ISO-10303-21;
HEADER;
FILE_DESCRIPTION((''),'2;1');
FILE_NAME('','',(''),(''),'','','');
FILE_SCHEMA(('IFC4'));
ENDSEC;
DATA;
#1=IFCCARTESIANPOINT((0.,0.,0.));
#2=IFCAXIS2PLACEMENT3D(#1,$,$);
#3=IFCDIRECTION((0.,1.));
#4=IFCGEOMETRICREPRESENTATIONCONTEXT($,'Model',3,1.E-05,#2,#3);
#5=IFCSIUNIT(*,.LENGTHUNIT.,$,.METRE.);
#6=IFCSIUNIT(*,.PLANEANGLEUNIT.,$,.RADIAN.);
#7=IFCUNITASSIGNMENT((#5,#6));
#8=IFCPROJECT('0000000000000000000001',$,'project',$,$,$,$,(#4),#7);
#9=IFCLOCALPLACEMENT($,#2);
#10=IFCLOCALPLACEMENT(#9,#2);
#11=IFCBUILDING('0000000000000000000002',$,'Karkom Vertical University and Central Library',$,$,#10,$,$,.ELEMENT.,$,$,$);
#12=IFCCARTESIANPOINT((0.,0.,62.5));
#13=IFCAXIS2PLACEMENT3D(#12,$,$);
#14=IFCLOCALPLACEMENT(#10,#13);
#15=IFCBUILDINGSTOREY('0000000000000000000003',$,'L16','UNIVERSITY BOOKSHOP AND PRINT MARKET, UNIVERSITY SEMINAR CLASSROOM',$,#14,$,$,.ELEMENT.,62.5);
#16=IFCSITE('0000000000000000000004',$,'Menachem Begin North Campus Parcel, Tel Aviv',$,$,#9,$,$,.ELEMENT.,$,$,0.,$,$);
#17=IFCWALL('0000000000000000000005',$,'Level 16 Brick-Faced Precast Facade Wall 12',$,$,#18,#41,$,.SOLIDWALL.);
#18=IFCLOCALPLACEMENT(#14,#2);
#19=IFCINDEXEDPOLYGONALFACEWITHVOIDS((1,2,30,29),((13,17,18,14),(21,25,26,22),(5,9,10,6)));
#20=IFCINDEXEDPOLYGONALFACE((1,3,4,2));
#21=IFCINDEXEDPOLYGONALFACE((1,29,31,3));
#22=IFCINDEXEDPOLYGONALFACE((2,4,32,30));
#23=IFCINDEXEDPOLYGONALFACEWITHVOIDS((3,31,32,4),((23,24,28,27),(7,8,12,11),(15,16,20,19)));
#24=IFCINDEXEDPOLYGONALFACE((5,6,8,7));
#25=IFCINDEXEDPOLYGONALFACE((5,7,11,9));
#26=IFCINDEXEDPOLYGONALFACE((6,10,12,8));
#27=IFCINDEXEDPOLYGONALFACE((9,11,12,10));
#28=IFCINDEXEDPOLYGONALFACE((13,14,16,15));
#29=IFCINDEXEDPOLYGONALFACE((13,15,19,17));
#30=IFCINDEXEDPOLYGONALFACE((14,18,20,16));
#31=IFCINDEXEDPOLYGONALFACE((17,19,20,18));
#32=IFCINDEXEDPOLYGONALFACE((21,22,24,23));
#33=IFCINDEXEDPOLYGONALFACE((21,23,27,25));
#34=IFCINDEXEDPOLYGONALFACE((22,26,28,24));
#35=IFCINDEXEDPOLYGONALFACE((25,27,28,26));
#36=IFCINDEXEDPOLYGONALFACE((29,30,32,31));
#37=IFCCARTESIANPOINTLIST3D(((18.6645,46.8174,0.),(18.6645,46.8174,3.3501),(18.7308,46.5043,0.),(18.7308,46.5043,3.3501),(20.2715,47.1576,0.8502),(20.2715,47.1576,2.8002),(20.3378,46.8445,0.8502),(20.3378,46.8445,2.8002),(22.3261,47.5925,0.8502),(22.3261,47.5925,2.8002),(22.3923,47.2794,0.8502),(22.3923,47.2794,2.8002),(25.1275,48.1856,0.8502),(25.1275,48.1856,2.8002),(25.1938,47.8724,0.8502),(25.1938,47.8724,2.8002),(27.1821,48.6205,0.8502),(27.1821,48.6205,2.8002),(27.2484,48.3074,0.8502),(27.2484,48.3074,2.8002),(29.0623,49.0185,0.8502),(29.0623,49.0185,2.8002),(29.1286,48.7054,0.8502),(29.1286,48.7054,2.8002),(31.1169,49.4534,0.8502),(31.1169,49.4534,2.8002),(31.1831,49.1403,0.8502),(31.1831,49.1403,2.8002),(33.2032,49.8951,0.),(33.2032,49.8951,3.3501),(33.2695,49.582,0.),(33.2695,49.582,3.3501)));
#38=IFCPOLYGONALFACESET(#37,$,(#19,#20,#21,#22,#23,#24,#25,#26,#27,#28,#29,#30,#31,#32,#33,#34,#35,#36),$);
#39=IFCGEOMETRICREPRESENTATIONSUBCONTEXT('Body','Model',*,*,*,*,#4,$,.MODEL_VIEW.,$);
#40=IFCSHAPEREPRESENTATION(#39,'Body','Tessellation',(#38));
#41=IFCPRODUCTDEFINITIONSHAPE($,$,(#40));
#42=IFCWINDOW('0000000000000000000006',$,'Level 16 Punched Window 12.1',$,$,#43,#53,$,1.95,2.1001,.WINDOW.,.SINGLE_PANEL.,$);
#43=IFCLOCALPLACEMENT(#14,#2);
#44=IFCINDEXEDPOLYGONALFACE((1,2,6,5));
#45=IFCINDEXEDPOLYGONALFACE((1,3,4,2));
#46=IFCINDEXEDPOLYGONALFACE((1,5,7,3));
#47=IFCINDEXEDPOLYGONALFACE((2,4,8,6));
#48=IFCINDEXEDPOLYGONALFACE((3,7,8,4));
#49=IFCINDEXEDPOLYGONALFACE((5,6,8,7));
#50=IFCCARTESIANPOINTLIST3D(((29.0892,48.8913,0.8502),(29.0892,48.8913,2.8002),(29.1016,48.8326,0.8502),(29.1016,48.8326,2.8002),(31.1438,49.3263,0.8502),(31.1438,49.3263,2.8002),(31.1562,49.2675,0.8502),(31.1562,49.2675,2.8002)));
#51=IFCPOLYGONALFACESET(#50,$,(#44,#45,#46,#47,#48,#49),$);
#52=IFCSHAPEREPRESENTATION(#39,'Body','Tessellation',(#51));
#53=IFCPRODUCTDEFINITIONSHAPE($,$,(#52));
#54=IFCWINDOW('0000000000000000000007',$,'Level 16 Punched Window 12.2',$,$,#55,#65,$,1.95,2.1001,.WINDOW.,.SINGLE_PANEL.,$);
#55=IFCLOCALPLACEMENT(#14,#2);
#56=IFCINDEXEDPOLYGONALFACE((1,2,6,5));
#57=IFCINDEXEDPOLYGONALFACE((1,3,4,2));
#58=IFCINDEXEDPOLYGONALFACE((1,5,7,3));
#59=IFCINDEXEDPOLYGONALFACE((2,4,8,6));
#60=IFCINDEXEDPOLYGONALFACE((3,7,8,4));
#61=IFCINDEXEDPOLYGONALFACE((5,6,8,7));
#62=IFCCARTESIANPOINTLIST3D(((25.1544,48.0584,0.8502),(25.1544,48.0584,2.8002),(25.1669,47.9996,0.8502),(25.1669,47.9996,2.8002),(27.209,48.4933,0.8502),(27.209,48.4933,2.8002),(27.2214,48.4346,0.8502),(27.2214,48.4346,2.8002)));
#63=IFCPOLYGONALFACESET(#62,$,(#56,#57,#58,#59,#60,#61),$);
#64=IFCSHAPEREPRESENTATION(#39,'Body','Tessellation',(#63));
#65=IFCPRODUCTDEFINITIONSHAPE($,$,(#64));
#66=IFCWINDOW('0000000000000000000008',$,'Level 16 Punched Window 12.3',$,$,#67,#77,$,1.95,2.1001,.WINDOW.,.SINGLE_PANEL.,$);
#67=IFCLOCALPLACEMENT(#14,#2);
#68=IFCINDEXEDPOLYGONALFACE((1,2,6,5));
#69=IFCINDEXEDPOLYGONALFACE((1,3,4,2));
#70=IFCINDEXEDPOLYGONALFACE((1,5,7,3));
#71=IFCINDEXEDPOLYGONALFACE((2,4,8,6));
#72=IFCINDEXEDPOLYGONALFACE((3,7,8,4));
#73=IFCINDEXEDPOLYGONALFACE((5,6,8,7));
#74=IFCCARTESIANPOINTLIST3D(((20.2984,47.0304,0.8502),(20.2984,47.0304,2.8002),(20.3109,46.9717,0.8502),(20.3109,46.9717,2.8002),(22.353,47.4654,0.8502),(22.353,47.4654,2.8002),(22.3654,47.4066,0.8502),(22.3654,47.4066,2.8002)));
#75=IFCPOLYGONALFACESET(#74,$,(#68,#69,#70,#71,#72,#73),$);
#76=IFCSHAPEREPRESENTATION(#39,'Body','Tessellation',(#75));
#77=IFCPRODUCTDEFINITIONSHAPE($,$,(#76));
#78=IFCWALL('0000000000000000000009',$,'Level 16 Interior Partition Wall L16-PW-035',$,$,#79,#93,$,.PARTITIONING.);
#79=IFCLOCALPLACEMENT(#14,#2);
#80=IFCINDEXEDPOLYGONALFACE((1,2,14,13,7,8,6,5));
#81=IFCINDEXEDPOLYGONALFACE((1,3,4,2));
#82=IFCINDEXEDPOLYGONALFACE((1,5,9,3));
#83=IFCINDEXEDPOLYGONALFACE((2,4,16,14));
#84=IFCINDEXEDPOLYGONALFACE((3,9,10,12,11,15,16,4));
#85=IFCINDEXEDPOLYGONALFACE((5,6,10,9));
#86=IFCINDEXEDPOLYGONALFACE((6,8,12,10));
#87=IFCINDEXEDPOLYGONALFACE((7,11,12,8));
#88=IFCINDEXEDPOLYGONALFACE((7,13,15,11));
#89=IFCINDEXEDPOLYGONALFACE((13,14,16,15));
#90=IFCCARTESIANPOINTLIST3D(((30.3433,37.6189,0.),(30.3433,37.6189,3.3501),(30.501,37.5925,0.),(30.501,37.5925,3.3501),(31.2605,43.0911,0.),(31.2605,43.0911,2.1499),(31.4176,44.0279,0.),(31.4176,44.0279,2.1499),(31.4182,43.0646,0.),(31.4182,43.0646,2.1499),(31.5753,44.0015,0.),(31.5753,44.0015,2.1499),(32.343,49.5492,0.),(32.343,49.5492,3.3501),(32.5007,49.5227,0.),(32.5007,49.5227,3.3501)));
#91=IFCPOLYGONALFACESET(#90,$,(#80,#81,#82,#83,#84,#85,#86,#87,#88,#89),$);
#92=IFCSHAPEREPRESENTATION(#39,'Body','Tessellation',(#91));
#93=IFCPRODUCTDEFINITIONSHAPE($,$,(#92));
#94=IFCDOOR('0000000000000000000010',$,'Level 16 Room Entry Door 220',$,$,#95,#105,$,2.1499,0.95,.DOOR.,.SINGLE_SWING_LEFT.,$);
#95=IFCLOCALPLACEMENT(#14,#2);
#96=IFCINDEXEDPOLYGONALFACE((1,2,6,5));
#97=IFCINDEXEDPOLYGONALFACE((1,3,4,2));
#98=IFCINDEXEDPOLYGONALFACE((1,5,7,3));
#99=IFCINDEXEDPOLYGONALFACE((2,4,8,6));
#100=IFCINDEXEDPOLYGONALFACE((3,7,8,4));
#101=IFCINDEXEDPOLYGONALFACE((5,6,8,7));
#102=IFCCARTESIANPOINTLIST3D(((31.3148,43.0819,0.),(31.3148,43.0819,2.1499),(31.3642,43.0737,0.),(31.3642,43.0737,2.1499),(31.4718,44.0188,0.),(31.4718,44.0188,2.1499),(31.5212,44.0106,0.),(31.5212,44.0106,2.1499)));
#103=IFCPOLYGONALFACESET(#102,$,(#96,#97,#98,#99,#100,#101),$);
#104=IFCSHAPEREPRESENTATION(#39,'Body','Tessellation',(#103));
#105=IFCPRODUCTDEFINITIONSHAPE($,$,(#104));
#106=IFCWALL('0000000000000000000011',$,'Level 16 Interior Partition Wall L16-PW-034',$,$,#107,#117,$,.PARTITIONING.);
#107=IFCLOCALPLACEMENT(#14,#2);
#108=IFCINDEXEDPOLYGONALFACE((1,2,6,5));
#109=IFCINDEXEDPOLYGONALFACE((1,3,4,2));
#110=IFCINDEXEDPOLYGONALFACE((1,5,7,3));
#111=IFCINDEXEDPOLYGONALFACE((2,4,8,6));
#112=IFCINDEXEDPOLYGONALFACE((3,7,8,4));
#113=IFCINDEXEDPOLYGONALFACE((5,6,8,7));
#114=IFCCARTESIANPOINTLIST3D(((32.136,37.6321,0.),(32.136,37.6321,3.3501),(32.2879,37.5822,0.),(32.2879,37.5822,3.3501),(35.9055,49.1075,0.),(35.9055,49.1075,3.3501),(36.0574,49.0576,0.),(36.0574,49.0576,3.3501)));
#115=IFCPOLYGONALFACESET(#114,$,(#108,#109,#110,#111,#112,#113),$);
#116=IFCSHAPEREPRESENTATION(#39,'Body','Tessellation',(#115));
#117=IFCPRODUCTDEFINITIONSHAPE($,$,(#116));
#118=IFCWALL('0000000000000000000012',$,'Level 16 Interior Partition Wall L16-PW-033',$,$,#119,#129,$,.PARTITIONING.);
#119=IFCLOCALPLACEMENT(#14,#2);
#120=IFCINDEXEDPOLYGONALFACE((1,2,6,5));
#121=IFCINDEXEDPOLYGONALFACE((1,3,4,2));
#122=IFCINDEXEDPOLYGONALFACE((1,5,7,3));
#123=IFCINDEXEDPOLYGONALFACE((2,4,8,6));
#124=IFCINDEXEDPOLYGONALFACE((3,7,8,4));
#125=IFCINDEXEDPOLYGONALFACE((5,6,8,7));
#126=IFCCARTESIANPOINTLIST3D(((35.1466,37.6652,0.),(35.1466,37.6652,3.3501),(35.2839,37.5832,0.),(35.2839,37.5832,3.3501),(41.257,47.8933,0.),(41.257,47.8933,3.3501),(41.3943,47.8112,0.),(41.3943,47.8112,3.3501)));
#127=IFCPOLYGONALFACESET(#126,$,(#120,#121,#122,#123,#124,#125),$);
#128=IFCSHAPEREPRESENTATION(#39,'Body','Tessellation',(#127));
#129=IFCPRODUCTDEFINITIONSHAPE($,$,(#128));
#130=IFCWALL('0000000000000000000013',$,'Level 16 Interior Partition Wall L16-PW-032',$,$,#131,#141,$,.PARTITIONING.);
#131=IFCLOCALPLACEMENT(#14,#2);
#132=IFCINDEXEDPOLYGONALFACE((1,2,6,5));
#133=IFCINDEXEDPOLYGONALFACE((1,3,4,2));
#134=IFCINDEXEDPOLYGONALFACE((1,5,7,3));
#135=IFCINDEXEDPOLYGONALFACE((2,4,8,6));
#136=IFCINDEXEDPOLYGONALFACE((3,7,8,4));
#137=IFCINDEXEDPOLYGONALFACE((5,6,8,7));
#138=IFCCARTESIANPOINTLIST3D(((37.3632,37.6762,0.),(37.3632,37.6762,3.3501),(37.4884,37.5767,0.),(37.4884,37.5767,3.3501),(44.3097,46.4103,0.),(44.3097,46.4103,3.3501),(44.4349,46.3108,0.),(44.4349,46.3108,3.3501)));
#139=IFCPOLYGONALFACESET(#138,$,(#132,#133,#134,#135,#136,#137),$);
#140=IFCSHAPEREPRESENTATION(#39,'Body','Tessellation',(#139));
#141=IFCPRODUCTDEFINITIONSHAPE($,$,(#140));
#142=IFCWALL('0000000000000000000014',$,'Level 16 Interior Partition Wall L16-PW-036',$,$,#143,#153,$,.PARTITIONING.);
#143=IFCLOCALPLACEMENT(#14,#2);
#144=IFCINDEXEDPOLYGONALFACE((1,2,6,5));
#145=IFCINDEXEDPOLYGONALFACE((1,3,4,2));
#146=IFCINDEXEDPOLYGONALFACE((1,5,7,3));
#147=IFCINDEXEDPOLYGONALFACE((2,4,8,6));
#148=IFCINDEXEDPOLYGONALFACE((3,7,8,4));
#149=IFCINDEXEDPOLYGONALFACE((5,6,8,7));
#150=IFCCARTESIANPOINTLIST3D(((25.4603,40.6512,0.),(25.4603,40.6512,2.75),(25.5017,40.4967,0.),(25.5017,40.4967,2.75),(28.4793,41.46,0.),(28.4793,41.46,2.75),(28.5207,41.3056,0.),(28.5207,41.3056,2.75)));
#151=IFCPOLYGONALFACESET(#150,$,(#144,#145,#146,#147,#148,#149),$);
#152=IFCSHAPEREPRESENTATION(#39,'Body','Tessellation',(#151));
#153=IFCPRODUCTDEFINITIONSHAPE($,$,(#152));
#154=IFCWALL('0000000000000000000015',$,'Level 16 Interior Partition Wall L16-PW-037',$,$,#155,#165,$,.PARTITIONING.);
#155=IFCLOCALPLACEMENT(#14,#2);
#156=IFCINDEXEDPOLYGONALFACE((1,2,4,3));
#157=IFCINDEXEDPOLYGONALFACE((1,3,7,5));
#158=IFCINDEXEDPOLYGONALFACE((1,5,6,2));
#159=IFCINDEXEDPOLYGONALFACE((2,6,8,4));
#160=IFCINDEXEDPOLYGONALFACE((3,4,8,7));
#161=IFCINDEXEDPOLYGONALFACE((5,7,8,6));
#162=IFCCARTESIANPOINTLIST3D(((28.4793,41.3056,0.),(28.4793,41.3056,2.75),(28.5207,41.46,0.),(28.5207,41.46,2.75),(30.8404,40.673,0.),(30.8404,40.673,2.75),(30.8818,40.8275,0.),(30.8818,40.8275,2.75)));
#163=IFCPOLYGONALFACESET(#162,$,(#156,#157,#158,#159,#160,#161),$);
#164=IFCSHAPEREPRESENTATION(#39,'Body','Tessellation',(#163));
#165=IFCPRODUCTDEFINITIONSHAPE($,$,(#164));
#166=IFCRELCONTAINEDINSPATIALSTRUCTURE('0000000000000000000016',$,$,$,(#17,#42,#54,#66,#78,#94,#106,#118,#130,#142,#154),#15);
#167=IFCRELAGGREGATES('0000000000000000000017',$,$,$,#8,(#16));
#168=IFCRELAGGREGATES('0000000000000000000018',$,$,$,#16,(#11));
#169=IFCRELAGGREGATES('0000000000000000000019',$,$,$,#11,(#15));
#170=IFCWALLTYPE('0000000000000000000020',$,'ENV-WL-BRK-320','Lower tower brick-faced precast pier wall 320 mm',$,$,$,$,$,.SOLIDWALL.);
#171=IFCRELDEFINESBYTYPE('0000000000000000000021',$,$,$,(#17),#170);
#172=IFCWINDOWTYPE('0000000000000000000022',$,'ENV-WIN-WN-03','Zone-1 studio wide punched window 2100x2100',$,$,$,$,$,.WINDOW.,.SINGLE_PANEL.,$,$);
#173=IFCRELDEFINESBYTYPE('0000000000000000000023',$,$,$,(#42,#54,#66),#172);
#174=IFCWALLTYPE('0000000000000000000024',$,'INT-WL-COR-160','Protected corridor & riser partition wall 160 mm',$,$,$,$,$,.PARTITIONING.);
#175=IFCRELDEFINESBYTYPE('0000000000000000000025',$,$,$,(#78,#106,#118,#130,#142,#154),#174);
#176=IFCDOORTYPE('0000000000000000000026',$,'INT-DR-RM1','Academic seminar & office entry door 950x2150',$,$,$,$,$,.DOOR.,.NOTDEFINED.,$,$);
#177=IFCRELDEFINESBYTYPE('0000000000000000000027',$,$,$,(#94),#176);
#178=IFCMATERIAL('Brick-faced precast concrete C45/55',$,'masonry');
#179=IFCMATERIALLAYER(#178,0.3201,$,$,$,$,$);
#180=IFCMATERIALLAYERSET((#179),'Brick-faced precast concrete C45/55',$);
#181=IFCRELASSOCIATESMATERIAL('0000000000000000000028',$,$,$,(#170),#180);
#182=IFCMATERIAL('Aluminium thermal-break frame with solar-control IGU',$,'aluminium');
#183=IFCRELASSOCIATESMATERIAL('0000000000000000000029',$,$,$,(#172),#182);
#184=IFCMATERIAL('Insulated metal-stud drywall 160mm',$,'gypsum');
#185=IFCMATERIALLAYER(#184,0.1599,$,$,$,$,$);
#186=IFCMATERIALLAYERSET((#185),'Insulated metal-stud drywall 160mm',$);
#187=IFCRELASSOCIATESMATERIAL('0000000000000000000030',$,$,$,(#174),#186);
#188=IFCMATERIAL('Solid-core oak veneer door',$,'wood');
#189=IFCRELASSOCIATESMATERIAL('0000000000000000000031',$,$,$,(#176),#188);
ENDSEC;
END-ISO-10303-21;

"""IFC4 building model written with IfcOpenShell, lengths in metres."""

from ifc_helpers import new_model, si_unit, direction, frame, frame_2d, origin, origin_with_axes, place, context, subcontext, project, spatial, rectangle, extrude, source, transform, mapped, material, layer, layer_set, type_object, element, fill, save


model = new_model("IFC4")

# Units and contexts
model_context = context("Model", 3, precision=1e-05, world=origin(), true_north=direction((0.0, 1.0)))
body_context = subcontext(model_context, "Body", "Model", "MODEL_VIEW")
ifc_project = project(units=[si_unit("LENGTHUNIT", "METRE"), si_unit("PLANEANGLEUNIT", "RADIAN")], contexts=[model_context])

# Site, building, storey
site_placement = place(None, origin())
site = spatial("IfcSite", under=ifc_project, at=site_placement, Name="Menachem Begin North Campus Parcel, Tel Aviv", CompositionType="ELEMENT", RefElevation=0.0)
building_placement = place(site_placement, origin())
building = spatial("IfcBuilding", under=site, at=building_placement, Name="Karkom Vertical University and Central Library", CompositionType="ELEMENT")
storey_placement = place(building_placement, frame((0.0, 0.0, 62.5)))
storey = spatial("IfcBuildingStorey", under=building, at=storey_placement, Name="L16", Description="UNIVERSITY BOOKSHOP AND PRINT MARKET, UNIVERSITY SEMINAR CLASSROOM", CompositionType="ELEMENT", Elevation=62.5)

# Wall, openings, windows
ifc_material_1 = material(Name="Brick-faced precast concrete C45/55", Category="masonry")
ifc_layer_1 = layer(ifc_material_1, 0.3201)
ifc_layer_set_1 = layer_set([ifc_layer_1], Name="Brick-faced precast concrete C45/55")
wall_type_1 = type_object("IfcWallType", Name="ENV-WL-BRK-320", Description="Lower tower brick-faced precast pier wall 320 mm", PredefinedType="SOLIDWALL", material=ifc_layer_set_1)
wall_1_placement = place(storey_placement, frame((33.2363, 49.7385, 0.0), z_axis=(0.0, 0.0, 1.0), x_axis=(-0.97832, -0.207098, 0.0)))
wall_1 = element("IfcWall", 1, at=wall_1_placement, inside=storey, type_object=wall_type_1, Name="Level 16 Brick-Faced Precast Facade Wall 12", PredefinedType="SOLIDWALL", context=body_context, shape_type="SweptSolid", body=[
    extrude(rectangle(XDim=14.8608, YDim=0.3201, at=frame_2d((7.4304, 0.0))), origin(), (0.0, 0.0, 1.0), 3.3501),
])
opening_1_placement = place(wall_1_placement, frame((2.1326, 0.0, 0.8501)))
opening_1 = element("IfcOpeningElement", 2, at=opening_1_placement, cuts=wall_1, PredefinedType="OPENING", context=body_context, shape_type="SweptSolid", body=[
    extrude(rectangle(XDim=2.1001, YDim=1.95, at=frame_2d((1.05, 0.9751))), frame((0.0, 0.1699, 0.0), z_axis=(0.0, -1.0, 0.0), x_axis=(1.0, 0.0, 0.0)), (0.0, 0.0, 1.0), 0.3401),
])
opening_2_placement = place(wall_1_placement, frame((6.1545, 0.0, 0.8501)))
opening_2 = element("IfcOpeningElement", 3, at=opening_2_placement, cuts=wall_1, PredefinedType="OPENING", context=body_context, shape_type="SweptSolid", body=[
    extrude(rectangle(XDim=2.1001, YDim=1.95, at=frame_2d((1.05, 0.9751))), frame((0.0, 0.1699, 0.0), z_axis=(0.0, -1.0, 0.0), x_axis=(1.0, 0.0, 0.0)), (0.0, 0.0, 1.0), 0.3401),
])
opening_3_placement = place(wall_1_placement, frame((11.1182, 0.0, 0.8501)))
opening_3 = element("IfcOpeningElement", 4, at=opening_3_placement, cuts=wall_1, PredefinedType="OPENING", context=body_context, shape_type="SweptSolid", body=[
    extrude(rectangle(XDim=2.1001, YDim=1.95, at=frame_2d((1.05, 0.9751))), frame((0.0, 0.1699, 0.0), z_axis=(0.0, -1.0, 0.0), x_axis=(1.0, 0.0, 0.0)), (0.0, 0.0, 1.0), 0.3401),
])
ifc_material_2 = material(Name="Aluminium thermal-break frame with solar-control IGU", Category="aluminium")
window_type = type_object("IfcWindowType", Name="ENV-WIN-WN-03", Description="Zone-1 studio wide punched window 2100x2100", PartitioningType="SINGLE_PANEL", PredefinedType="WINDOW", material=ifc_material_2)
shared_shape_1 = source(origin_with_axes(), body_context, "Body", "SweptSolid", [
    extrude(rectangle(XDim=2.1001, YDim=1.95, at=frame_2d((1.05, 0.9751))), frame((0.0, 0.03, 0.0), z_axis=(0.0, -1.0, 0.0), x_axis=(1.0, 0.0, 0.0)), (0.0, 0.0, 1.0), 0.0601),
])
window_1_placement = place(opening_1_placement, origin())
window_1 = element("IfcWindow", 5, at=window_1_placement, inside=storey, type_object=window_type, Name="Level 16 Punched Window 12.1", OverallHeight=1.95, OverallWidth=2.1001, PartitioningType="SINGLE_PANEL", PredefinedType="WINDOW", context=body_context, shape_type="MappedRepresentation", body=[
    mapped(shared_shape_1, transform((0.0, 0.0, 0.0), scale=1.0)),
])
fill(opening_1, window_1)
window_2_placement = place(opening_2_placement, origin())
window_2 = element("IfcWindow", 6, at=window_2_placement, inside=storey, type_object=window_type, Name="Level 16 Punched Window 12.2", OverallHeight=1.95, OverallWidth=2.1001, PartitioningType="SINGLE_PANEL", PredefinedType="WINDOW", context=body_context, shape_type="MappedRepresentation", body=[
    mapped(shared_shape_1, transform((0.0, 0.0, 0.0), scale=1.0)),
])
fill(opening_2, window_2)
window_3_placement = place(opening_3_placement, origin())
window_3 = element("IfcWindow", 7, at=window_3_placement, inside=storey, type_object=window_type, Name="Level 16 Punched Window 12.3", OverallHeight=1.95, OverallWidth=2.1001, PartitioningType="SINGLE_PANEL", PredefinedType="WINDOW", context=body_context, shape_type="MappedRepresentation", body=[
    mapped(shared_shape_1, transform((0.0, 0.0, 0.0), scale=1.0)),
])
fill(opening_3, window_3)

# Wall, opening, door
ifc_material_3 = material(Name="Insulated metal-stud drywall 160mm", Category="gypsum")
ifc_layer_2 = layer(ifc_material_3, 0.1599)
ifc_layer_set_2 = layer_set([ifc_layer_2], Name="Insulated metal-stud drywall 160mm")
wall_type_2 = type_object("IfcWallType", Name="INT-WL-COR-160", Description="Protected corridor & riser partition wall 160 mm", PredefinedType="PARTITIONING", material=ifc_layer_set_2)
wall_2_placement = place(storey_placement, frame((30.4221, 37.6057, 0.0), z_axis=(0.0, 0.0, 1.0), x_axis=(0.165315, 0.986241, 0.0)))
wall_2 = element("IfcWall", 8, at=wall_2_placement, inside=storey, type_object=wall_type_2, Name="Level 16 Interior Partition Wall L16-PW-035", PredefinedType="PARTITIONING", context=body_context, shape_type="SweptSolid", body=[
    extrude(rectangle(XDim=12.0967, YDim=0.1599, at=frame_2d((6.0483, 0.0))), origin(), (0.0, 0.0, 1.0), 3.3501),
])
opening_4_placement = place(wall_2_placement, frame((5.5483, 0.0, 0.0)))
opening_4 = element("IfcOpeningElement", 9, at=opening_4_placement, cuts=wall_2, PredefinedType="OPENING", context=body_context, shape_type="SweptSolid", body=[
    extrude(rectangle(XDim=0.95, YDim=2.1499, at=frame_2d((0.4751, 1.075))), frame((0.0, 0.0898, 0.0), z_axis=(0.0, -1.0, 0.0), x_axis=(1.0, 0.0, 0.0)), (0.0, 0.0, 1.0), 0.1799),
])
ifc_material_4 = material(Name="Solid-core oak veneer door", Category="wood")
door_type_1 = type_object("IfcDoorType", Name="INT-DR-RM1", Description="Academic seminar & office entry door 950x2150", OperationType="NOTDEFINED", PredefinedType="DOOR", material=ifc_material_4)
shared_shape_2 = source(origin_with_axes(), body_context, "Body", "SweptSolid", [
    extrude(rectangle(XDim=0.95, YDim=2.1499, at=frame_2d((0.4751, 1.075))), frame((0.0, 0.0249, 0.0), z_axis=(0.0, -1.0, 0.0), x_axis=(1.0, 0.0, 0.0)), (0.0, 0.0, 1.0), 0.05),
])
door_1_placement = place(opening_4_placement, origin())
door_1 = element("IfcDoor", 10, at=door_1_placement, inside=storey, type_object=door_type_1, Name="Level 16 Room Entry Door 220", OperationType="SINGLE_SWING_LEFT", OverallHeight=2.1499, OverallWidth=0.95, PredefinedType="DOOR", context=body_context, shape_type="MappedRepresentation", body=[
    mapped(shared_shape_2, transform((0.0, 0.0, 0.0), scale=1.0)),
])
fill(opening_4, door_1)

# Walls
wall_3_placement = place(storey_placement, frame((32.2119, 37.6072, 0.0), z_axis=(0.0, 0.0, 1.0), x_axis=(0.312083, 0.950055, 0.0)))
element("IfcWall", 11, at=wall_3_placement, inside=storey, type_object=wall_type_2, Name="Level 16 Interior Partition Wall L16-PW-034", PredefinedType="PARTITIONING", context=body_context, shape_type="SweptSolid", body=[
    extrude(rectangle(XDim=12.0786, YDim=0.1599, at=frame_2d((6.0393, 0.0))), origin(), (0.0, 0.0, 1.0), 3.3501),
])
wall_4_placement = place(storey_placement, frame((35.2153, 37.6243, 0.0), z_axis=(0.0, 0.0, 1.0), x_axis=(0.512862, 0.858471, 0.0)))
element("IfcWall", 12, at=wall_4_placement, inside=storey, type_object=wall_type_2, Name="Level 16 Interior Partition Wall L16-PW-033", PredefinedType="PARTITIONING", context=body_context, shape_type="SweptSolid", body=[
    extrude(rectangle(XDim=11.9143, YDim=0.1599, at=frame_2d((5.957, 0.0))), origin(), (0.0, 0.0, 1.0), 3.3501),
])
wall_5_placement = place(storey_placement, frame((37.4258, 37.6265, 0.0), z_axis=(0.0, 0.0, 1.0), x_axis=(0.622465, 0.782648, 0.0)))
element("IfcWall", 13, at=wall_5_placement, inside=storey, type_object=wall_type_2, Name="Level 16 Interior Partition Wall L16-PW-032", PredefinedType="PARTITIONING", context=body_context, shape_type="SweptSolid", body=[
    extrude(rectangle(XDim=11.1597, YDim=0.1599, at=frame_2d((5.5798, 0.0))), origin(), (0.0, 0.0, 1.0), 3.3501),
])
wall_6_placement = place(storey_placement, frame((28.5, 41.3828, 0.0), z_axis=(0.0, 0.0, 1.0), x_axis=(-0.965935, -0.258786, 0.0)))
element("IfcWall", 14, at=wall_6_placement, inside=storey, type_object=wall_type_2, Name="Level 16 Interior Partition Wall L16-PW-036", PredefinedType="PARTITIONING", context=body_context, shape_type="SweptSolid", body=[
    extrude(rectangle(XDim=3.1255, YDim=0.1599, at=frame_2d((1.5627, 0.0))), origin(), (0.0, 0.0, 1.0), 2.75),
])
wall_7_placement = place(storey_placement, frame((30.8611, 40.7502, 0.0), z_axis=(0.0, 0.0, 1.0), x_axis=(-0.965934, 0.258788, 0.0)))
element("IfcWall", 15, at=wall_7_placement, inside=storey, type_object=wall_type_2, Name="Level 16 Interior Partition Wall L16-PW-037", PredefinedType="PARTITIONING", context=body_context, shape_type="SweptSolid", body=[
    extrude(rectangle(XDim=2.4443, YDim=0.1599, at=frame_2d((1.2222, 0.0))), origin(), (0.0, 0.0, 1.0), 2.75),
])

save(model, "model.ifc")
